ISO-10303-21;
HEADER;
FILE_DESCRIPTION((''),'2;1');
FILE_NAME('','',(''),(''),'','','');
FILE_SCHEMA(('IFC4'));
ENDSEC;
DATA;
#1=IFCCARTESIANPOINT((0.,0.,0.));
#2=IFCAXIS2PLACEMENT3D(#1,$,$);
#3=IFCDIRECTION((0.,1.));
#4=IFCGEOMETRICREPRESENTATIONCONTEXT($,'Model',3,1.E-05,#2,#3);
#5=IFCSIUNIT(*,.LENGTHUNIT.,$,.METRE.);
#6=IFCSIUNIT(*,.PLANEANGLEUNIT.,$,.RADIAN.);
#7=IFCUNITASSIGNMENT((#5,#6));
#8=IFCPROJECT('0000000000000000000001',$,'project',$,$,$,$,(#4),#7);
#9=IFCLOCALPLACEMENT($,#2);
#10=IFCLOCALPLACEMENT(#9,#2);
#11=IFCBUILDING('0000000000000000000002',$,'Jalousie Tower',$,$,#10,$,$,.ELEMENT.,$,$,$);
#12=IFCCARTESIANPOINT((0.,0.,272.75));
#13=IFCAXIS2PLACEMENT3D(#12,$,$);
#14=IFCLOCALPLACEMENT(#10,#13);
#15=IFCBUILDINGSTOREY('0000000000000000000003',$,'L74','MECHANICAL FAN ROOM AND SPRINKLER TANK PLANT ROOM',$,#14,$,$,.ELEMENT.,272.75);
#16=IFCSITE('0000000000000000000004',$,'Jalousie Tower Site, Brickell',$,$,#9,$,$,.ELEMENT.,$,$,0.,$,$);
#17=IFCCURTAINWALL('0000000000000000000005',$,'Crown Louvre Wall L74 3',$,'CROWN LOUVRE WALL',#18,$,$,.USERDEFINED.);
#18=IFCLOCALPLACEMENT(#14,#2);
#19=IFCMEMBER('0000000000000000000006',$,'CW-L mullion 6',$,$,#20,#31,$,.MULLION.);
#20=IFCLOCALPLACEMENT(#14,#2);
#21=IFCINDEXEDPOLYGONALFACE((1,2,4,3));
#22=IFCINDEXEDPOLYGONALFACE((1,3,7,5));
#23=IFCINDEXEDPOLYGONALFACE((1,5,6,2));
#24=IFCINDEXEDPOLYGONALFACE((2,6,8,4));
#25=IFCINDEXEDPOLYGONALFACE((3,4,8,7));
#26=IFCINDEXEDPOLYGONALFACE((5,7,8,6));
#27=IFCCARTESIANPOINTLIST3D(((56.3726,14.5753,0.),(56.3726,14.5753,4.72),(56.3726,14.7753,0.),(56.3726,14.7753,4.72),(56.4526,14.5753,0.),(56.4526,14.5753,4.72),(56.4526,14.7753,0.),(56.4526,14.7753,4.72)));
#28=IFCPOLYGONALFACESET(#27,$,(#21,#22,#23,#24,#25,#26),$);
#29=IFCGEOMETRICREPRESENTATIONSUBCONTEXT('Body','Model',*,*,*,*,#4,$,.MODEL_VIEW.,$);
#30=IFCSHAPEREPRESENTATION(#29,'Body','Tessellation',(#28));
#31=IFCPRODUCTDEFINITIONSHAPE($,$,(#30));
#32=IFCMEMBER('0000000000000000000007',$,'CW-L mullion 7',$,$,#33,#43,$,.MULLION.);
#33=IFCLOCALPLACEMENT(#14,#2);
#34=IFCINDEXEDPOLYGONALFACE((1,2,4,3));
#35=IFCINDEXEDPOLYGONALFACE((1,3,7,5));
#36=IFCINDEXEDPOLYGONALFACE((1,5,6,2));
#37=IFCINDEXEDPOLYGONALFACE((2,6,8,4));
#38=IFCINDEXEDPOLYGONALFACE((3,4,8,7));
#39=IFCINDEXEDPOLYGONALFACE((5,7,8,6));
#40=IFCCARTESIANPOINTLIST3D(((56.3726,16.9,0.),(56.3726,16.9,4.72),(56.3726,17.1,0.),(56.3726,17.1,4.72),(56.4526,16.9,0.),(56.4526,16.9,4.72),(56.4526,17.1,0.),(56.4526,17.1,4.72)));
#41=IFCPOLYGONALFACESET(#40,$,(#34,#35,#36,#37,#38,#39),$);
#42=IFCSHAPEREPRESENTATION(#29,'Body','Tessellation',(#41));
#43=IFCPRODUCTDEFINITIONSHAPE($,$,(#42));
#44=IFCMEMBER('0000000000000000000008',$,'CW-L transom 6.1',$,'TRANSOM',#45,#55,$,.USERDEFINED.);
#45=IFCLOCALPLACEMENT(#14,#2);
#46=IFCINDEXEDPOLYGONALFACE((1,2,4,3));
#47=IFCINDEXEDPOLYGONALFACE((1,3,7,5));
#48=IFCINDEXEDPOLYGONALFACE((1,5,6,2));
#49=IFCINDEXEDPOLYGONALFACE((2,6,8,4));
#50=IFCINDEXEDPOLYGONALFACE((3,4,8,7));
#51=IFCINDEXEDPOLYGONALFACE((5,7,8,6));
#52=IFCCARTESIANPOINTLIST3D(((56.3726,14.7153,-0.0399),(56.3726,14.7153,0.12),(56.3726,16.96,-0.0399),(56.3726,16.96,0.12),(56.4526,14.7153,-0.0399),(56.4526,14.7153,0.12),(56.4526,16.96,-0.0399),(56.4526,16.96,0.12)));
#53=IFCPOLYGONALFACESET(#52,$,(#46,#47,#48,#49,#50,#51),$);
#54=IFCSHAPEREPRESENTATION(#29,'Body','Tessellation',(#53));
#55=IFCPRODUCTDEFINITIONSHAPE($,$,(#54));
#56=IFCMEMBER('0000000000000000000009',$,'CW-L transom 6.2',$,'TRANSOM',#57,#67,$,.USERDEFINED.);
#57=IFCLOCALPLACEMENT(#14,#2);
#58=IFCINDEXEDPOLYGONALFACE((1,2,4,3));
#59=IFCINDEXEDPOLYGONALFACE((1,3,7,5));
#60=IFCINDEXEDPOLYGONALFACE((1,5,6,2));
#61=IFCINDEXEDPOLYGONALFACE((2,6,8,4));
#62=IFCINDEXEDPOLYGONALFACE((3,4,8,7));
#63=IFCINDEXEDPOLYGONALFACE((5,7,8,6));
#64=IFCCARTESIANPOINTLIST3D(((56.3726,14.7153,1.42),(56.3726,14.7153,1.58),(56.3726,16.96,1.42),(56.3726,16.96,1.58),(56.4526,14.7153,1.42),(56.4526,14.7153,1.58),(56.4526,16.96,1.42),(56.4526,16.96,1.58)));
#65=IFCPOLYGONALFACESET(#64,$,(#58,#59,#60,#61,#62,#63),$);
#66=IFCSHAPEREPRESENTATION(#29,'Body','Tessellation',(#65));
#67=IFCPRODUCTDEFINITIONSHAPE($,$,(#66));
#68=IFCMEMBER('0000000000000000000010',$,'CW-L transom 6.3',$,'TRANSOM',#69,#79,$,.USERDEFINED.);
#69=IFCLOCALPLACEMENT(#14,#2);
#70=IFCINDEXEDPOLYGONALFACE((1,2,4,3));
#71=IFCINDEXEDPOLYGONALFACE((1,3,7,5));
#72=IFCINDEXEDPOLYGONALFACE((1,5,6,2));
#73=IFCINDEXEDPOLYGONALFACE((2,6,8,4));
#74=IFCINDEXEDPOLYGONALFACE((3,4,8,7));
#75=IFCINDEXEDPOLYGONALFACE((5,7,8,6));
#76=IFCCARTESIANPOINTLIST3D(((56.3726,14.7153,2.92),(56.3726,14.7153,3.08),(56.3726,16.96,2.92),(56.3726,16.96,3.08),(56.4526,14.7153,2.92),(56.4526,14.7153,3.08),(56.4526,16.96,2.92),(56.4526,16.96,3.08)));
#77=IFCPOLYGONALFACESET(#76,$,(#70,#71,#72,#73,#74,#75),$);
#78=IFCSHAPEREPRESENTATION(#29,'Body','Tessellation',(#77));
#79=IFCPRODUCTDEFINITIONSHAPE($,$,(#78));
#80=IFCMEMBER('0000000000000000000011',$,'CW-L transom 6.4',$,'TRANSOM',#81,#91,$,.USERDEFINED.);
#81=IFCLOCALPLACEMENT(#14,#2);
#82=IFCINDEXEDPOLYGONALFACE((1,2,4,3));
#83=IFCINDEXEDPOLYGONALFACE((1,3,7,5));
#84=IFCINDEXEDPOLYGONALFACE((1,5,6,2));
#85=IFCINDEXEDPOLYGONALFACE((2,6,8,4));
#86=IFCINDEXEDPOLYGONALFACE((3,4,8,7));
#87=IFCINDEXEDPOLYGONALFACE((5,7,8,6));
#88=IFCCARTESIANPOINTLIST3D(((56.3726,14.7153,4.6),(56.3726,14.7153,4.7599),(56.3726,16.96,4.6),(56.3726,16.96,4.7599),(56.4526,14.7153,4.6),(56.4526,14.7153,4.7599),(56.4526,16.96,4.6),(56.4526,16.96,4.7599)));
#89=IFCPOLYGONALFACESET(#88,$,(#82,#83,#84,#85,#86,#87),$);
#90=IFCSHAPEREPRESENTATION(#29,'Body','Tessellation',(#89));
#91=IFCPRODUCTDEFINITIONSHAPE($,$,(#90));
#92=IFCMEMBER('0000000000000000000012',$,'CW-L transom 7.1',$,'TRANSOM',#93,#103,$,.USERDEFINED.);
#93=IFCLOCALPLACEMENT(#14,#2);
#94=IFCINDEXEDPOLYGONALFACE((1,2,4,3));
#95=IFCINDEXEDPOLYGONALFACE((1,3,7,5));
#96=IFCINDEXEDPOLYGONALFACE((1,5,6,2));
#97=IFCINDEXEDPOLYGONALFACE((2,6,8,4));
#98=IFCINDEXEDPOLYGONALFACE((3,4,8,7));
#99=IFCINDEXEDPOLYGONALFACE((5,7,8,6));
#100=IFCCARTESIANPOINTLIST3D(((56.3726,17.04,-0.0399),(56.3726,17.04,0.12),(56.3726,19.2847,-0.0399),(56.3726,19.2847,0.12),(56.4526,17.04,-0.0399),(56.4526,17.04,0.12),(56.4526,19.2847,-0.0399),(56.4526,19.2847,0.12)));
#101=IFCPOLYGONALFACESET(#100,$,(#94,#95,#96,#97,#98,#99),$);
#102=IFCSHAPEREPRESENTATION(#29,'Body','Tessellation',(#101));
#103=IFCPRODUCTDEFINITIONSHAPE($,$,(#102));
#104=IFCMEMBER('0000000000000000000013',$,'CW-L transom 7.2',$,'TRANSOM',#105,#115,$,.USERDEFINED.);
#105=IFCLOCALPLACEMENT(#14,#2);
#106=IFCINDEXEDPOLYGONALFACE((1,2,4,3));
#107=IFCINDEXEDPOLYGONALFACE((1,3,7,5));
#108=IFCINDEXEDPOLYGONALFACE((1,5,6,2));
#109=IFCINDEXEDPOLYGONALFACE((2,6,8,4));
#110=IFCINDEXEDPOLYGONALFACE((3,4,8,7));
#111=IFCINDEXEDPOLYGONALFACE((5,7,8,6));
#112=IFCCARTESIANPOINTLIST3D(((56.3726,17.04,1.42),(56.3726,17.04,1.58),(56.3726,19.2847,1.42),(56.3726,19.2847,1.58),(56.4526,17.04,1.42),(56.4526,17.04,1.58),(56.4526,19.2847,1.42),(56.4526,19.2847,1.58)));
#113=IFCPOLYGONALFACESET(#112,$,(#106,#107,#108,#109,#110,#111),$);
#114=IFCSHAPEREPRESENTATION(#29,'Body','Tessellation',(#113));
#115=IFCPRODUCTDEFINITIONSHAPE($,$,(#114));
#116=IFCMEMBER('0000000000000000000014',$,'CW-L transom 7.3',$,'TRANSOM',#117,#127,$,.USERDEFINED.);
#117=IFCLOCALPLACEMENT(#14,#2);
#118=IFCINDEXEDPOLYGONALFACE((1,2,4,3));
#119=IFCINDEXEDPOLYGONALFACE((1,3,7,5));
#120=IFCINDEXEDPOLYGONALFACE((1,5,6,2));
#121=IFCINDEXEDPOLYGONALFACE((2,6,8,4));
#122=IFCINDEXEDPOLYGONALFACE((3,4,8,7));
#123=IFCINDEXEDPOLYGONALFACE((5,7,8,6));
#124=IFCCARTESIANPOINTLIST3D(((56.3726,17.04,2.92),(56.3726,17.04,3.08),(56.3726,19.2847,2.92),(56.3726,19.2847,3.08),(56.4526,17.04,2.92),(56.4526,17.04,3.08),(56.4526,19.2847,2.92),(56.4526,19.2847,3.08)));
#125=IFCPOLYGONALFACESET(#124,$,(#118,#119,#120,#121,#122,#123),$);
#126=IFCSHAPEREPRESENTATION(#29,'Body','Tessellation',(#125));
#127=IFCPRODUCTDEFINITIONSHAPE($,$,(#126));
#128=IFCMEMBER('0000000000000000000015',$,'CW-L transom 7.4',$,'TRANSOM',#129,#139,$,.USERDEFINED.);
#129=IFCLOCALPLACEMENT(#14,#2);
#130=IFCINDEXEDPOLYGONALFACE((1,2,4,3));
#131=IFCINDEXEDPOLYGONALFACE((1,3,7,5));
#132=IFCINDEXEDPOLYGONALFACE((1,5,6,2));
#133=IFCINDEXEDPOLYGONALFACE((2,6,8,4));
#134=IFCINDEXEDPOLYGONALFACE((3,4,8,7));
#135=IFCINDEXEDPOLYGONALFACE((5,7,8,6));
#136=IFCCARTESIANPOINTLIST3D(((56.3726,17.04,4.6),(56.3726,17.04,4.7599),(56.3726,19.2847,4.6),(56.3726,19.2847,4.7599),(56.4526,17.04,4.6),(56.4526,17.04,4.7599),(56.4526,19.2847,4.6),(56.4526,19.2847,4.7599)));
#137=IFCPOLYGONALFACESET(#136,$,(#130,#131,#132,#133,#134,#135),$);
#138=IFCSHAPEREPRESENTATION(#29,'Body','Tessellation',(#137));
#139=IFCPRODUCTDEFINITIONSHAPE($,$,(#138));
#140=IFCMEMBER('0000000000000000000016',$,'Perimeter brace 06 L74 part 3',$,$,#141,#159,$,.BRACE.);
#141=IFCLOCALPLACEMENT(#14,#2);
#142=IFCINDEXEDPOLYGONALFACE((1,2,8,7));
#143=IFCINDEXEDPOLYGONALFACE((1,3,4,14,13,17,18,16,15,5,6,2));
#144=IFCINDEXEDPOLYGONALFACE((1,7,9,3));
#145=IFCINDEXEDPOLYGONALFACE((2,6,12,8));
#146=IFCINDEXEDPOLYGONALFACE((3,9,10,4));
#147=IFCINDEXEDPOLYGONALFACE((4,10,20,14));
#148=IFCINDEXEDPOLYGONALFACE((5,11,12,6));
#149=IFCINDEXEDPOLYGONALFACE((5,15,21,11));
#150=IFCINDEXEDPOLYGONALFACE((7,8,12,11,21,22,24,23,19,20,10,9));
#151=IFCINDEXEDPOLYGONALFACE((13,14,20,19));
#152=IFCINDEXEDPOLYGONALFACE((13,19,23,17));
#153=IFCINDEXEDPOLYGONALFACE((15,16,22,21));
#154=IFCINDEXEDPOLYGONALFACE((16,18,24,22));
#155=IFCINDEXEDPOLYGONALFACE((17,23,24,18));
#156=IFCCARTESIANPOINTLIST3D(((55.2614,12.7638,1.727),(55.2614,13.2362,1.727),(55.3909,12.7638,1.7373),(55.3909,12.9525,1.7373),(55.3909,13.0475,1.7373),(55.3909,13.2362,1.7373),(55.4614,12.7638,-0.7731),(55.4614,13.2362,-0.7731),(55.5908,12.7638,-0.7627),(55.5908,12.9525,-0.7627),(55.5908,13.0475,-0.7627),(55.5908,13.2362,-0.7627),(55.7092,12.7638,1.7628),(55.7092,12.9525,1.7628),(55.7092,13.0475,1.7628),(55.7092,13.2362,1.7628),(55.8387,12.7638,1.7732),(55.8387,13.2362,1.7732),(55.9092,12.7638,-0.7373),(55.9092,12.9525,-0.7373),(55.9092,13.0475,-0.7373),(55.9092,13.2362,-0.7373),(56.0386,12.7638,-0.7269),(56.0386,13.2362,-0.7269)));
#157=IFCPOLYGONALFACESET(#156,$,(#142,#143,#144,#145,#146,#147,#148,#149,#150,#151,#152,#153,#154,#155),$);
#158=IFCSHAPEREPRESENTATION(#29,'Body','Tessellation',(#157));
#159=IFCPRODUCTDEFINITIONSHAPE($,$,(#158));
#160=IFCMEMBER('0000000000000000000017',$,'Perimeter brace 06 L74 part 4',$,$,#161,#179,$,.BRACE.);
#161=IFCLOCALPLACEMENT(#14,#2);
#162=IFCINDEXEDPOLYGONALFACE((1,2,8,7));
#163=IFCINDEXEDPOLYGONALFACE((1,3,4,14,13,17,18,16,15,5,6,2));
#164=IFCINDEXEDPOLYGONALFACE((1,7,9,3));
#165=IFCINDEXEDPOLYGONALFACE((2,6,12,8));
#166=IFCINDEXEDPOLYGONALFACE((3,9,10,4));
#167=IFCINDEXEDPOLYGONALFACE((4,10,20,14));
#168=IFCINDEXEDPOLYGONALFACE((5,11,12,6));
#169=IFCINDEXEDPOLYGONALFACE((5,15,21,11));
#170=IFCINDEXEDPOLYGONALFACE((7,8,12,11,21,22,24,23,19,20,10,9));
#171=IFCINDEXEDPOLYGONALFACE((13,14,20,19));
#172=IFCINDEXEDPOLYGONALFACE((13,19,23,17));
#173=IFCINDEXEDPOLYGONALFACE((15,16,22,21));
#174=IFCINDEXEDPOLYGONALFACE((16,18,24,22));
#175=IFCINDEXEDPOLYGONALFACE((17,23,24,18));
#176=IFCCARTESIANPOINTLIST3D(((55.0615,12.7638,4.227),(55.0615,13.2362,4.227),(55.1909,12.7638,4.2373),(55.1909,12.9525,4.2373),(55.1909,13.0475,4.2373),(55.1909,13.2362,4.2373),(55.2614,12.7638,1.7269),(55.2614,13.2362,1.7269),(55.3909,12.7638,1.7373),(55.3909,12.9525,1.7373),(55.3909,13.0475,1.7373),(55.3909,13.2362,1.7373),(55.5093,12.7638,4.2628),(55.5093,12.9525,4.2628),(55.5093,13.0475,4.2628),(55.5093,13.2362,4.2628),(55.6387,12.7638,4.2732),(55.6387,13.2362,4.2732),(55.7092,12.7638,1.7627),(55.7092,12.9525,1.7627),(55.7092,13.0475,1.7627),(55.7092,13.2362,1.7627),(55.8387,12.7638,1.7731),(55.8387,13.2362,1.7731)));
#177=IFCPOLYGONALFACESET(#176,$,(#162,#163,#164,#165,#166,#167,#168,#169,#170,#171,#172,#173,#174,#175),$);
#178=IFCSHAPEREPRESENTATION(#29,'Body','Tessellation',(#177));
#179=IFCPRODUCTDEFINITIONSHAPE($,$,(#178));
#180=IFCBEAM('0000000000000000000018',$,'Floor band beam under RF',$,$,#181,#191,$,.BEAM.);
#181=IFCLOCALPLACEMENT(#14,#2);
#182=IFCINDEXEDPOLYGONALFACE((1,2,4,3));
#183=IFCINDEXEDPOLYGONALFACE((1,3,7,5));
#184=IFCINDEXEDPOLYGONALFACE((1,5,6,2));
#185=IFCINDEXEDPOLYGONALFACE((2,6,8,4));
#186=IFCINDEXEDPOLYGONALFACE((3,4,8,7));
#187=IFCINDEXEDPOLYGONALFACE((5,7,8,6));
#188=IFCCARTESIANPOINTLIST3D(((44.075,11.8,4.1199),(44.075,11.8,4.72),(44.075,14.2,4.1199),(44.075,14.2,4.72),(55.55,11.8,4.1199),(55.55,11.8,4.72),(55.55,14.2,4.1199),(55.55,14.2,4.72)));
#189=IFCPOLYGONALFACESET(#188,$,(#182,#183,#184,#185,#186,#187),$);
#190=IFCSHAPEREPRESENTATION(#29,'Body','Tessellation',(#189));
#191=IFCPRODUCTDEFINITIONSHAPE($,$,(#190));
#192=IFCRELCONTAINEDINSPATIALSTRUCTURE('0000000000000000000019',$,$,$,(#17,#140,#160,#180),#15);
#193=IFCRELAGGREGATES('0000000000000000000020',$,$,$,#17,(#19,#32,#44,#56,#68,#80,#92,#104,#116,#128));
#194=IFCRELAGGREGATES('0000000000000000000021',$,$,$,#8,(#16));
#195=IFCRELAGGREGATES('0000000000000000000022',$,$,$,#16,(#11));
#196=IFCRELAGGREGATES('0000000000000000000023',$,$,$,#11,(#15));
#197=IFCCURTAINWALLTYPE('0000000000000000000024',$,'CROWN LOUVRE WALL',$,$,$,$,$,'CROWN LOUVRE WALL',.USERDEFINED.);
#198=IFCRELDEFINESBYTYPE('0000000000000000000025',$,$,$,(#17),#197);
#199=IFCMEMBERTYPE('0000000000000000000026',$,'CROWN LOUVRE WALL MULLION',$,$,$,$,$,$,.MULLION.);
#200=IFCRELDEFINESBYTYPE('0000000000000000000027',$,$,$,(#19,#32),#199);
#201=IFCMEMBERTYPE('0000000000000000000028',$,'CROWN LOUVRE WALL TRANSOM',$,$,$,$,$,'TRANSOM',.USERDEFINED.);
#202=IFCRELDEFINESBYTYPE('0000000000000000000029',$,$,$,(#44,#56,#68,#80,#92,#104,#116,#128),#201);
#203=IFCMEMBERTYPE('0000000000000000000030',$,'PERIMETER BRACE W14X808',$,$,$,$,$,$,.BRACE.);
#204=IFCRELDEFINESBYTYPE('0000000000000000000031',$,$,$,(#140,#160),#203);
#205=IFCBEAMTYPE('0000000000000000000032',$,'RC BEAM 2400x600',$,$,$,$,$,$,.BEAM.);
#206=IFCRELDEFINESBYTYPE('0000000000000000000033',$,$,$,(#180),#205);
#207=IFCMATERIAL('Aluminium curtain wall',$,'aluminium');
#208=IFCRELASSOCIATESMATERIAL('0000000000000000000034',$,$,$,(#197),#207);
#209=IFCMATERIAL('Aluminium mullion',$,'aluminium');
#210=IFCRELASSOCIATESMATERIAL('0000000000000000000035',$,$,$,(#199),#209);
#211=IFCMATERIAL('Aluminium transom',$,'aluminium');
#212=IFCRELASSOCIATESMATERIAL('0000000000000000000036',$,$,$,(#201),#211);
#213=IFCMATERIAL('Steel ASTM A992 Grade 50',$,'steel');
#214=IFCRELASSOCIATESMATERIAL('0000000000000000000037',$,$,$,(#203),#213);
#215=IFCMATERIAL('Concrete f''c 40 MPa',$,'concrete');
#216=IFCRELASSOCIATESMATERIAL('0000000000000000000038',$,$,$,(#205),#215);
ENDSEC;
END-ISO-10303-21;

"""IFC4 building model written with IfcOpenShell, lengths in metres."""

from ifc_helpers import new_model, si_unit, direction, frame, origin, origin_2d, place, context, subcontext, project, spatial, rectangle, i_section, extrude, material, material_profile, profile_set, type_object, element, aggregate, save


model = new_model("IFC4")

# Units and contexts
model_context = context("Model", 3, precision=1e-05, world=origin(), true_north=direction((0.0, 1.0)))
body_context = subcontext(model_context, "Body", "Model", "MODEL_VIEW")
ifc_project = project(units=[si_unit("LENGTHUNIT", "METRE"), si_unit("PLANEANGLEUNIT", "RADIAN")], contexts=[model_context])

# Site, building, storey
site_placement = place(None, origin())
site = spatial("IfcSite", under=ifc_project, at=site_placement, Name="Jalousie Tower Site, Brickell", CompositionType="ELEMENT", RefElevation=0.0)
building_placement = place(site_placement, origin())
building = spatial("IfcBuilding", under=site, at=building_placement, Name="Jalousie Tower", CompositionType="ELEMENT")
storey_placement = place(building_placement, frame((0.0, 0.0, 272.75)))
storey = spatial("IfcBuildingStorey", under=building, at=storey_placement, Name="L74", Description="MECHANICAL FAN ROOM AND SPRINKLER TANK PLANT ROOM", CompositionType="ELEMENT", Elevation=272.75)

# Curtain wall, members
ifc_material_1 = material(Name="Aluminium curtain wall", Category="aluminium")
curtain_wall_type = type_object("IfcCurtainWallType", Name="CROWN LOUVRE WALL", ElementType="CROWN LOUVRE WALL", PredefinedType="USERDEFINED", material=ifc_material_1)
curtain_wall_placement = place(storey_placement, origin())
curtain_wall = element("IfcCurtainWall", 1, at=curtain_wall_placement, inside=storey, type_object=curtain_wall_type, Name="Crown Louvre Wall L74 3", ObjectType="CROWN LOUVRE WALL", PredefinedType="USERDEFINED")
ifc_material_2 = material(Name="Aluminium mullion", Category="aluminium")
ifc_material_profile_1 = material_profile(ifc_material_2, rectangle(XDim=0.0801, YDim=0.2, at=origin_2d()), Name="MULLION 80x200")
ifc_profile_set_1 = profile_set([ifc_material_profile_1], Name="Aluminium mullion")
member_type_1 = type_object("IfcMemberType", Name="CROWN LOUVRE WALL MULLION", PredefinedType="MULLION", material=ifc_profile_set_1)
member_1_placement = place(storey_placement, frame((56.4126, 14.6753, 0.0), z_axis=(0.0, 0.0, 1.0), x_axis=(-1.0, 0.0, 0.0)))
member_1 = element("IfcMember", 2, at=member_1_placement, type_object=member_type_1, Name="CW-L mullion 6", PredefinedType="MULLION", context=body_context, shape_type="SweptSolid", body=[
    extrude(rectangle(XDim=0.0801, YDim=0.2, at=origin_2d()), origin(), (0.0, 0.0, 1.0), 4.72),
])
member_2_placement = place(storey_placement, frame((56.4126, 17.0, 0.0), z_axis=(0.0, 0.0, 1.0), x_axis=(-1.0, 0.0, 0.0)))
member_2 = element("IfcMember", 3, at=member_2_placement, type_object=member_type_1, Name="CW-L mullion 7", PredefinedType="MULLION", context=body_context, shape_type="SweptSolid", body=[
    extrude(rectangle(XDim=0.0801, YDim=0.2, at=origin_2d()), origin(), (0.0, 0.0, 1.0), 4.72),
])
ifc_material_3 = material(Name="Aluminium transom", Category="aluminium")
ifc_material_profile_2 = material_profile(ifc_material_3, rectangle(XDim=0.0801, YDim=0.1599, at=origin_2d()), Name="TRANSOM 80x160")
ifc_profile_set_2 = profile_set([ifc_material_profile_2], Name="Aluminium transom")
member_type_2 = type_object("IfcMemberType", Name="CROWN LOUVRE WALL TRANSOM", ElementType="TRANSOM", PredefinedType="USERDEFINED", material=ifc_profile_set_2)
member_3_placement = place(storey_placement, frame((56.4126, 14.7153, 0.04), z_axis=(0.0, 1.0, 0.0), x_axis=(-1.0, 0.0, 0.0)))
member_3 = element("IfcMember", 4, at=member_3_placement, type_object=member_type_2, Name="CW-L transom 6.1", ObjectType="TRANSOM", PredefinedType="USERDEFINED", context=body_context, shape_type="SweptSolid", body=[
    extrude(rectangle(XDim=0.0801, YDim=0.1599, at=origin_2d()), origin(), (0.0, 0.0, 1.0), 2.2446),
])
member_4_placement = place(storey_placement, frame((56.4126, 14.7153, 1.5), z_axis=(0.0, 1.0, 0.0), x_axis=(-1.0, 0.0, 0.0)))
member_4 = element("IfcMember", 5, at=member_4_placement, type_object=member_type_2, Name="CW-L transom 6.2", ObjectType="TRANSOM", PredefinedType="USERDEFINED", context=body_context, shape_type="SweptSolid", body=[
    extrude(rectangle(XDim=0.0801, YDim=0.1599, at=origin_2d()), origin(), (0.0, 0.0, 1.0), 2.2446),
])
member_5_placement = place(storey_placement, frame((56.4126, 14.7153, 3.0), z_axis=(0.0, 1.0, 0.0), x_axis=(-1.0, 0.0, 0.0)))
member_5 = element("IfcMember", 6, at=member_5_placement, type_object=member_type_2, Name="CW-L transom 6.3", ObjectType="TRANSOM", PredefinedType="USERDEFINED", context=body_context, shape_type="SweptSolid", body=[
    extrude(rectangle(XDim=0.0801, YDim=0.1599, at=origin_2d()), origin(), (0.0, 0.0, 1.0), 2.2446),
])
member_6_placement = place(storey_placement, frame((56.4126, 14.7153, 4.6799), z_axis=(0.0, 1.0, 0.0), x_axis=(-1.0, 0.0, 0.0)))
member_6 = element("IfcMember", 7, at=member_6_placement, type_object=member_type_2, Name="CW-L transom 6.4", ObjectType="TRANSOM", PredefinedType="USERDEFINED", context=body_context, shape_type="SweptSolid", body=[
    extrude(rectangle(XDim=0.0801, YDim=0.1599, at=origin_2d()), origin(), (0.0, 0.0, 1.0), 2.2446),
])
member_7_placement = place(storey_placement, frame((56.4126, 17.04, 0.04), z_axis=(0.0, 1.0, 0.0), x_axis=(-1.0, 0.0, 0.0)))
member_7 = element("IfcMember", 8, at=member_7_placement, type_object=member_type_2, Name="CW-L transom 7.1", ObjectType="TRANSOM", PredefinedType="USERDEFINED", context=body_context, shape_type="SweptSolid", body=[
    extrude(rectangle(XDim=0.0801, YDim=0.1599, at=origin_2d()), origin(), (0.0, 0.0, 1.0), 2.2446),
])
member_8_placement = place(storey_placement, frame((56.4126, 17.04, 1.5), z_axis=(0.0, 1.0, 0.0), x_axis=(-1.0, 0.0, 0.0)))
member_8 = element("IfcMember", 9, at=member_8_placement, type_object=member_type_2, Name="CW-L transom 7.2", ObjectType="TRANSOM", PredefinedType="USERDEFINED", context=body_context, shape_type="SweptSolid", body=[
    extrude(rectangle(XDim=0.0801, YDim=0.1599, at=origin_2d()), origin(), (0.0, 0.0, 1.0), 2.2446),
])
member_9_placement = place(storey_placement, frame((56.4126, 17.04, 3.0), z_axis=(0.0, 1.0, 0.0), x_axis=(-1.0, 0.0, 0.0)))
member_9 = element("IfcMember", 10, at=member_9_placement, type_object=member_type_2, Name="CW-L transom 7.3", ObjectType="TRANSOM", PredefinedType="USERDEFINED", context=body_context, shape_type="SweptSolid", body=[
    extrude(rectangle(XDim=0.0801, YDim=0.1599, at=origin_2d()), origin(), (0.0, 0.0, 1.0), 2.2446),
])
member_10_placement = place(storey_placement, frame((56.4126, 17.04, 4.6799), z_axis=(0.0, 1.0, 0.0), x_axis=(-1.0, 0.0, 0.0)))
member_10 = element("IfcMember", 11, at=member_10_placement, type_object=member_type_2, Name="CW-L transom 7.4", ObjectType="TRANSOM", PredefinedType="USERDEFINED", context=body_context, shape_type="SweptSolid", body=[
    extrude(rectangle(XDim=0.0801, YDim=0.1599, at=origin_2d()), origin(), (0.0, 0.0, 1.0), 2.2446),
])

# Members
ifc_material_4 = material(Name="Steel ASTM A992 Grade 50", Category="steel")
ifc_material_profile_3 = material_profile(ifc_material_4, i_section(OverallWidth=0.4724, OverallDepth=0.5791, WebThickness=0.095, FlangeThickness=0.1299, at=origin_2d()), Name="W14X808")
ifc_profile_set_3 = profile_set([ifc_material_profile_3], Name="Steel ASTM A992 Grade 50")
member_type_3 = type_object("IfcMemberType", Name="PERIMETER BRACE W14X808", PredefinedType="BRACE", material=ifc_profile_set_3)
for number, where, z_axis, x_axis, name in (
    (12, (55.75, 13.0, -0.75), (-0.079726, 0.0, 0.996817), (0.0, -1.0, 0.0), "Perimeter brace 06 L74 part 3"),
    (13, (55.55, 13.0, 1.75), (-0.079726, 0.0, 0.996817), (0.0, -1.0, 0.0), "Perimeter brace 06 L74 part 4"),
):
    element("IfcMember", number, at=place(storey_placement, frame(where, z_axis=z_axis, x_axis=x_axis)), inside=storey, type_object=member_type_3, Name=name, PredefinedType="BRACE", context=body_context, shape_type="SweptSolid", body=[
        extrude(i_section(OverallWidth=0.4724, OverallDepth=0.5791, WebThickness=0.095, FlangeThickness=0.1299, at=origin_2d()), origin(), (0.0, 0.0, 1.0), 2.5081),
    ])

# Beam
ifc_material_5 = material(Name="Concrete f'c 40 MPa", Category="concrete")
ifc_material_profile_4 = material_profile(ifc_material_5, rectangle(XDim=2.3999, YDim=0.6001, at=origin_2d()), Name="RC 2400x600")
ifc_profile_set_4 = profile_set([ifc_material_profile_4], Name="Concrete f'c 40 MPa")
beam_type = type_object("IfcBeamType", Name="RC BEAM 2400x600", PredefinedType="BEAM", material=ifc_profile_set_4)
beam_placement = place(storey_placement, frame((55.55, 13.0, 4.4199), z_axis=(-1.0, 0.0, 0.0), x_axis=(0.0, -1.0, 0.0)))
element("IfcBeam", 14, at=beam_placement, inside=storey, type_object=beam_type, Name="Floor band beam under RF", PredefinedType="BEAM", context=body_context, shape_type="SweptSolid", body=[
    extrude(rectangle(XDim=2.3999, YDim=0.6001, at=origin_2d()), origin(), (0.0, 0.0, 1.0), 11.4751),
])

aggregate(curtain_wall, [member_1, member_2, member_3, member_4, member_5, member_6, member_7, member_8, member_9, member_10])

save(model, "model.ifc")
